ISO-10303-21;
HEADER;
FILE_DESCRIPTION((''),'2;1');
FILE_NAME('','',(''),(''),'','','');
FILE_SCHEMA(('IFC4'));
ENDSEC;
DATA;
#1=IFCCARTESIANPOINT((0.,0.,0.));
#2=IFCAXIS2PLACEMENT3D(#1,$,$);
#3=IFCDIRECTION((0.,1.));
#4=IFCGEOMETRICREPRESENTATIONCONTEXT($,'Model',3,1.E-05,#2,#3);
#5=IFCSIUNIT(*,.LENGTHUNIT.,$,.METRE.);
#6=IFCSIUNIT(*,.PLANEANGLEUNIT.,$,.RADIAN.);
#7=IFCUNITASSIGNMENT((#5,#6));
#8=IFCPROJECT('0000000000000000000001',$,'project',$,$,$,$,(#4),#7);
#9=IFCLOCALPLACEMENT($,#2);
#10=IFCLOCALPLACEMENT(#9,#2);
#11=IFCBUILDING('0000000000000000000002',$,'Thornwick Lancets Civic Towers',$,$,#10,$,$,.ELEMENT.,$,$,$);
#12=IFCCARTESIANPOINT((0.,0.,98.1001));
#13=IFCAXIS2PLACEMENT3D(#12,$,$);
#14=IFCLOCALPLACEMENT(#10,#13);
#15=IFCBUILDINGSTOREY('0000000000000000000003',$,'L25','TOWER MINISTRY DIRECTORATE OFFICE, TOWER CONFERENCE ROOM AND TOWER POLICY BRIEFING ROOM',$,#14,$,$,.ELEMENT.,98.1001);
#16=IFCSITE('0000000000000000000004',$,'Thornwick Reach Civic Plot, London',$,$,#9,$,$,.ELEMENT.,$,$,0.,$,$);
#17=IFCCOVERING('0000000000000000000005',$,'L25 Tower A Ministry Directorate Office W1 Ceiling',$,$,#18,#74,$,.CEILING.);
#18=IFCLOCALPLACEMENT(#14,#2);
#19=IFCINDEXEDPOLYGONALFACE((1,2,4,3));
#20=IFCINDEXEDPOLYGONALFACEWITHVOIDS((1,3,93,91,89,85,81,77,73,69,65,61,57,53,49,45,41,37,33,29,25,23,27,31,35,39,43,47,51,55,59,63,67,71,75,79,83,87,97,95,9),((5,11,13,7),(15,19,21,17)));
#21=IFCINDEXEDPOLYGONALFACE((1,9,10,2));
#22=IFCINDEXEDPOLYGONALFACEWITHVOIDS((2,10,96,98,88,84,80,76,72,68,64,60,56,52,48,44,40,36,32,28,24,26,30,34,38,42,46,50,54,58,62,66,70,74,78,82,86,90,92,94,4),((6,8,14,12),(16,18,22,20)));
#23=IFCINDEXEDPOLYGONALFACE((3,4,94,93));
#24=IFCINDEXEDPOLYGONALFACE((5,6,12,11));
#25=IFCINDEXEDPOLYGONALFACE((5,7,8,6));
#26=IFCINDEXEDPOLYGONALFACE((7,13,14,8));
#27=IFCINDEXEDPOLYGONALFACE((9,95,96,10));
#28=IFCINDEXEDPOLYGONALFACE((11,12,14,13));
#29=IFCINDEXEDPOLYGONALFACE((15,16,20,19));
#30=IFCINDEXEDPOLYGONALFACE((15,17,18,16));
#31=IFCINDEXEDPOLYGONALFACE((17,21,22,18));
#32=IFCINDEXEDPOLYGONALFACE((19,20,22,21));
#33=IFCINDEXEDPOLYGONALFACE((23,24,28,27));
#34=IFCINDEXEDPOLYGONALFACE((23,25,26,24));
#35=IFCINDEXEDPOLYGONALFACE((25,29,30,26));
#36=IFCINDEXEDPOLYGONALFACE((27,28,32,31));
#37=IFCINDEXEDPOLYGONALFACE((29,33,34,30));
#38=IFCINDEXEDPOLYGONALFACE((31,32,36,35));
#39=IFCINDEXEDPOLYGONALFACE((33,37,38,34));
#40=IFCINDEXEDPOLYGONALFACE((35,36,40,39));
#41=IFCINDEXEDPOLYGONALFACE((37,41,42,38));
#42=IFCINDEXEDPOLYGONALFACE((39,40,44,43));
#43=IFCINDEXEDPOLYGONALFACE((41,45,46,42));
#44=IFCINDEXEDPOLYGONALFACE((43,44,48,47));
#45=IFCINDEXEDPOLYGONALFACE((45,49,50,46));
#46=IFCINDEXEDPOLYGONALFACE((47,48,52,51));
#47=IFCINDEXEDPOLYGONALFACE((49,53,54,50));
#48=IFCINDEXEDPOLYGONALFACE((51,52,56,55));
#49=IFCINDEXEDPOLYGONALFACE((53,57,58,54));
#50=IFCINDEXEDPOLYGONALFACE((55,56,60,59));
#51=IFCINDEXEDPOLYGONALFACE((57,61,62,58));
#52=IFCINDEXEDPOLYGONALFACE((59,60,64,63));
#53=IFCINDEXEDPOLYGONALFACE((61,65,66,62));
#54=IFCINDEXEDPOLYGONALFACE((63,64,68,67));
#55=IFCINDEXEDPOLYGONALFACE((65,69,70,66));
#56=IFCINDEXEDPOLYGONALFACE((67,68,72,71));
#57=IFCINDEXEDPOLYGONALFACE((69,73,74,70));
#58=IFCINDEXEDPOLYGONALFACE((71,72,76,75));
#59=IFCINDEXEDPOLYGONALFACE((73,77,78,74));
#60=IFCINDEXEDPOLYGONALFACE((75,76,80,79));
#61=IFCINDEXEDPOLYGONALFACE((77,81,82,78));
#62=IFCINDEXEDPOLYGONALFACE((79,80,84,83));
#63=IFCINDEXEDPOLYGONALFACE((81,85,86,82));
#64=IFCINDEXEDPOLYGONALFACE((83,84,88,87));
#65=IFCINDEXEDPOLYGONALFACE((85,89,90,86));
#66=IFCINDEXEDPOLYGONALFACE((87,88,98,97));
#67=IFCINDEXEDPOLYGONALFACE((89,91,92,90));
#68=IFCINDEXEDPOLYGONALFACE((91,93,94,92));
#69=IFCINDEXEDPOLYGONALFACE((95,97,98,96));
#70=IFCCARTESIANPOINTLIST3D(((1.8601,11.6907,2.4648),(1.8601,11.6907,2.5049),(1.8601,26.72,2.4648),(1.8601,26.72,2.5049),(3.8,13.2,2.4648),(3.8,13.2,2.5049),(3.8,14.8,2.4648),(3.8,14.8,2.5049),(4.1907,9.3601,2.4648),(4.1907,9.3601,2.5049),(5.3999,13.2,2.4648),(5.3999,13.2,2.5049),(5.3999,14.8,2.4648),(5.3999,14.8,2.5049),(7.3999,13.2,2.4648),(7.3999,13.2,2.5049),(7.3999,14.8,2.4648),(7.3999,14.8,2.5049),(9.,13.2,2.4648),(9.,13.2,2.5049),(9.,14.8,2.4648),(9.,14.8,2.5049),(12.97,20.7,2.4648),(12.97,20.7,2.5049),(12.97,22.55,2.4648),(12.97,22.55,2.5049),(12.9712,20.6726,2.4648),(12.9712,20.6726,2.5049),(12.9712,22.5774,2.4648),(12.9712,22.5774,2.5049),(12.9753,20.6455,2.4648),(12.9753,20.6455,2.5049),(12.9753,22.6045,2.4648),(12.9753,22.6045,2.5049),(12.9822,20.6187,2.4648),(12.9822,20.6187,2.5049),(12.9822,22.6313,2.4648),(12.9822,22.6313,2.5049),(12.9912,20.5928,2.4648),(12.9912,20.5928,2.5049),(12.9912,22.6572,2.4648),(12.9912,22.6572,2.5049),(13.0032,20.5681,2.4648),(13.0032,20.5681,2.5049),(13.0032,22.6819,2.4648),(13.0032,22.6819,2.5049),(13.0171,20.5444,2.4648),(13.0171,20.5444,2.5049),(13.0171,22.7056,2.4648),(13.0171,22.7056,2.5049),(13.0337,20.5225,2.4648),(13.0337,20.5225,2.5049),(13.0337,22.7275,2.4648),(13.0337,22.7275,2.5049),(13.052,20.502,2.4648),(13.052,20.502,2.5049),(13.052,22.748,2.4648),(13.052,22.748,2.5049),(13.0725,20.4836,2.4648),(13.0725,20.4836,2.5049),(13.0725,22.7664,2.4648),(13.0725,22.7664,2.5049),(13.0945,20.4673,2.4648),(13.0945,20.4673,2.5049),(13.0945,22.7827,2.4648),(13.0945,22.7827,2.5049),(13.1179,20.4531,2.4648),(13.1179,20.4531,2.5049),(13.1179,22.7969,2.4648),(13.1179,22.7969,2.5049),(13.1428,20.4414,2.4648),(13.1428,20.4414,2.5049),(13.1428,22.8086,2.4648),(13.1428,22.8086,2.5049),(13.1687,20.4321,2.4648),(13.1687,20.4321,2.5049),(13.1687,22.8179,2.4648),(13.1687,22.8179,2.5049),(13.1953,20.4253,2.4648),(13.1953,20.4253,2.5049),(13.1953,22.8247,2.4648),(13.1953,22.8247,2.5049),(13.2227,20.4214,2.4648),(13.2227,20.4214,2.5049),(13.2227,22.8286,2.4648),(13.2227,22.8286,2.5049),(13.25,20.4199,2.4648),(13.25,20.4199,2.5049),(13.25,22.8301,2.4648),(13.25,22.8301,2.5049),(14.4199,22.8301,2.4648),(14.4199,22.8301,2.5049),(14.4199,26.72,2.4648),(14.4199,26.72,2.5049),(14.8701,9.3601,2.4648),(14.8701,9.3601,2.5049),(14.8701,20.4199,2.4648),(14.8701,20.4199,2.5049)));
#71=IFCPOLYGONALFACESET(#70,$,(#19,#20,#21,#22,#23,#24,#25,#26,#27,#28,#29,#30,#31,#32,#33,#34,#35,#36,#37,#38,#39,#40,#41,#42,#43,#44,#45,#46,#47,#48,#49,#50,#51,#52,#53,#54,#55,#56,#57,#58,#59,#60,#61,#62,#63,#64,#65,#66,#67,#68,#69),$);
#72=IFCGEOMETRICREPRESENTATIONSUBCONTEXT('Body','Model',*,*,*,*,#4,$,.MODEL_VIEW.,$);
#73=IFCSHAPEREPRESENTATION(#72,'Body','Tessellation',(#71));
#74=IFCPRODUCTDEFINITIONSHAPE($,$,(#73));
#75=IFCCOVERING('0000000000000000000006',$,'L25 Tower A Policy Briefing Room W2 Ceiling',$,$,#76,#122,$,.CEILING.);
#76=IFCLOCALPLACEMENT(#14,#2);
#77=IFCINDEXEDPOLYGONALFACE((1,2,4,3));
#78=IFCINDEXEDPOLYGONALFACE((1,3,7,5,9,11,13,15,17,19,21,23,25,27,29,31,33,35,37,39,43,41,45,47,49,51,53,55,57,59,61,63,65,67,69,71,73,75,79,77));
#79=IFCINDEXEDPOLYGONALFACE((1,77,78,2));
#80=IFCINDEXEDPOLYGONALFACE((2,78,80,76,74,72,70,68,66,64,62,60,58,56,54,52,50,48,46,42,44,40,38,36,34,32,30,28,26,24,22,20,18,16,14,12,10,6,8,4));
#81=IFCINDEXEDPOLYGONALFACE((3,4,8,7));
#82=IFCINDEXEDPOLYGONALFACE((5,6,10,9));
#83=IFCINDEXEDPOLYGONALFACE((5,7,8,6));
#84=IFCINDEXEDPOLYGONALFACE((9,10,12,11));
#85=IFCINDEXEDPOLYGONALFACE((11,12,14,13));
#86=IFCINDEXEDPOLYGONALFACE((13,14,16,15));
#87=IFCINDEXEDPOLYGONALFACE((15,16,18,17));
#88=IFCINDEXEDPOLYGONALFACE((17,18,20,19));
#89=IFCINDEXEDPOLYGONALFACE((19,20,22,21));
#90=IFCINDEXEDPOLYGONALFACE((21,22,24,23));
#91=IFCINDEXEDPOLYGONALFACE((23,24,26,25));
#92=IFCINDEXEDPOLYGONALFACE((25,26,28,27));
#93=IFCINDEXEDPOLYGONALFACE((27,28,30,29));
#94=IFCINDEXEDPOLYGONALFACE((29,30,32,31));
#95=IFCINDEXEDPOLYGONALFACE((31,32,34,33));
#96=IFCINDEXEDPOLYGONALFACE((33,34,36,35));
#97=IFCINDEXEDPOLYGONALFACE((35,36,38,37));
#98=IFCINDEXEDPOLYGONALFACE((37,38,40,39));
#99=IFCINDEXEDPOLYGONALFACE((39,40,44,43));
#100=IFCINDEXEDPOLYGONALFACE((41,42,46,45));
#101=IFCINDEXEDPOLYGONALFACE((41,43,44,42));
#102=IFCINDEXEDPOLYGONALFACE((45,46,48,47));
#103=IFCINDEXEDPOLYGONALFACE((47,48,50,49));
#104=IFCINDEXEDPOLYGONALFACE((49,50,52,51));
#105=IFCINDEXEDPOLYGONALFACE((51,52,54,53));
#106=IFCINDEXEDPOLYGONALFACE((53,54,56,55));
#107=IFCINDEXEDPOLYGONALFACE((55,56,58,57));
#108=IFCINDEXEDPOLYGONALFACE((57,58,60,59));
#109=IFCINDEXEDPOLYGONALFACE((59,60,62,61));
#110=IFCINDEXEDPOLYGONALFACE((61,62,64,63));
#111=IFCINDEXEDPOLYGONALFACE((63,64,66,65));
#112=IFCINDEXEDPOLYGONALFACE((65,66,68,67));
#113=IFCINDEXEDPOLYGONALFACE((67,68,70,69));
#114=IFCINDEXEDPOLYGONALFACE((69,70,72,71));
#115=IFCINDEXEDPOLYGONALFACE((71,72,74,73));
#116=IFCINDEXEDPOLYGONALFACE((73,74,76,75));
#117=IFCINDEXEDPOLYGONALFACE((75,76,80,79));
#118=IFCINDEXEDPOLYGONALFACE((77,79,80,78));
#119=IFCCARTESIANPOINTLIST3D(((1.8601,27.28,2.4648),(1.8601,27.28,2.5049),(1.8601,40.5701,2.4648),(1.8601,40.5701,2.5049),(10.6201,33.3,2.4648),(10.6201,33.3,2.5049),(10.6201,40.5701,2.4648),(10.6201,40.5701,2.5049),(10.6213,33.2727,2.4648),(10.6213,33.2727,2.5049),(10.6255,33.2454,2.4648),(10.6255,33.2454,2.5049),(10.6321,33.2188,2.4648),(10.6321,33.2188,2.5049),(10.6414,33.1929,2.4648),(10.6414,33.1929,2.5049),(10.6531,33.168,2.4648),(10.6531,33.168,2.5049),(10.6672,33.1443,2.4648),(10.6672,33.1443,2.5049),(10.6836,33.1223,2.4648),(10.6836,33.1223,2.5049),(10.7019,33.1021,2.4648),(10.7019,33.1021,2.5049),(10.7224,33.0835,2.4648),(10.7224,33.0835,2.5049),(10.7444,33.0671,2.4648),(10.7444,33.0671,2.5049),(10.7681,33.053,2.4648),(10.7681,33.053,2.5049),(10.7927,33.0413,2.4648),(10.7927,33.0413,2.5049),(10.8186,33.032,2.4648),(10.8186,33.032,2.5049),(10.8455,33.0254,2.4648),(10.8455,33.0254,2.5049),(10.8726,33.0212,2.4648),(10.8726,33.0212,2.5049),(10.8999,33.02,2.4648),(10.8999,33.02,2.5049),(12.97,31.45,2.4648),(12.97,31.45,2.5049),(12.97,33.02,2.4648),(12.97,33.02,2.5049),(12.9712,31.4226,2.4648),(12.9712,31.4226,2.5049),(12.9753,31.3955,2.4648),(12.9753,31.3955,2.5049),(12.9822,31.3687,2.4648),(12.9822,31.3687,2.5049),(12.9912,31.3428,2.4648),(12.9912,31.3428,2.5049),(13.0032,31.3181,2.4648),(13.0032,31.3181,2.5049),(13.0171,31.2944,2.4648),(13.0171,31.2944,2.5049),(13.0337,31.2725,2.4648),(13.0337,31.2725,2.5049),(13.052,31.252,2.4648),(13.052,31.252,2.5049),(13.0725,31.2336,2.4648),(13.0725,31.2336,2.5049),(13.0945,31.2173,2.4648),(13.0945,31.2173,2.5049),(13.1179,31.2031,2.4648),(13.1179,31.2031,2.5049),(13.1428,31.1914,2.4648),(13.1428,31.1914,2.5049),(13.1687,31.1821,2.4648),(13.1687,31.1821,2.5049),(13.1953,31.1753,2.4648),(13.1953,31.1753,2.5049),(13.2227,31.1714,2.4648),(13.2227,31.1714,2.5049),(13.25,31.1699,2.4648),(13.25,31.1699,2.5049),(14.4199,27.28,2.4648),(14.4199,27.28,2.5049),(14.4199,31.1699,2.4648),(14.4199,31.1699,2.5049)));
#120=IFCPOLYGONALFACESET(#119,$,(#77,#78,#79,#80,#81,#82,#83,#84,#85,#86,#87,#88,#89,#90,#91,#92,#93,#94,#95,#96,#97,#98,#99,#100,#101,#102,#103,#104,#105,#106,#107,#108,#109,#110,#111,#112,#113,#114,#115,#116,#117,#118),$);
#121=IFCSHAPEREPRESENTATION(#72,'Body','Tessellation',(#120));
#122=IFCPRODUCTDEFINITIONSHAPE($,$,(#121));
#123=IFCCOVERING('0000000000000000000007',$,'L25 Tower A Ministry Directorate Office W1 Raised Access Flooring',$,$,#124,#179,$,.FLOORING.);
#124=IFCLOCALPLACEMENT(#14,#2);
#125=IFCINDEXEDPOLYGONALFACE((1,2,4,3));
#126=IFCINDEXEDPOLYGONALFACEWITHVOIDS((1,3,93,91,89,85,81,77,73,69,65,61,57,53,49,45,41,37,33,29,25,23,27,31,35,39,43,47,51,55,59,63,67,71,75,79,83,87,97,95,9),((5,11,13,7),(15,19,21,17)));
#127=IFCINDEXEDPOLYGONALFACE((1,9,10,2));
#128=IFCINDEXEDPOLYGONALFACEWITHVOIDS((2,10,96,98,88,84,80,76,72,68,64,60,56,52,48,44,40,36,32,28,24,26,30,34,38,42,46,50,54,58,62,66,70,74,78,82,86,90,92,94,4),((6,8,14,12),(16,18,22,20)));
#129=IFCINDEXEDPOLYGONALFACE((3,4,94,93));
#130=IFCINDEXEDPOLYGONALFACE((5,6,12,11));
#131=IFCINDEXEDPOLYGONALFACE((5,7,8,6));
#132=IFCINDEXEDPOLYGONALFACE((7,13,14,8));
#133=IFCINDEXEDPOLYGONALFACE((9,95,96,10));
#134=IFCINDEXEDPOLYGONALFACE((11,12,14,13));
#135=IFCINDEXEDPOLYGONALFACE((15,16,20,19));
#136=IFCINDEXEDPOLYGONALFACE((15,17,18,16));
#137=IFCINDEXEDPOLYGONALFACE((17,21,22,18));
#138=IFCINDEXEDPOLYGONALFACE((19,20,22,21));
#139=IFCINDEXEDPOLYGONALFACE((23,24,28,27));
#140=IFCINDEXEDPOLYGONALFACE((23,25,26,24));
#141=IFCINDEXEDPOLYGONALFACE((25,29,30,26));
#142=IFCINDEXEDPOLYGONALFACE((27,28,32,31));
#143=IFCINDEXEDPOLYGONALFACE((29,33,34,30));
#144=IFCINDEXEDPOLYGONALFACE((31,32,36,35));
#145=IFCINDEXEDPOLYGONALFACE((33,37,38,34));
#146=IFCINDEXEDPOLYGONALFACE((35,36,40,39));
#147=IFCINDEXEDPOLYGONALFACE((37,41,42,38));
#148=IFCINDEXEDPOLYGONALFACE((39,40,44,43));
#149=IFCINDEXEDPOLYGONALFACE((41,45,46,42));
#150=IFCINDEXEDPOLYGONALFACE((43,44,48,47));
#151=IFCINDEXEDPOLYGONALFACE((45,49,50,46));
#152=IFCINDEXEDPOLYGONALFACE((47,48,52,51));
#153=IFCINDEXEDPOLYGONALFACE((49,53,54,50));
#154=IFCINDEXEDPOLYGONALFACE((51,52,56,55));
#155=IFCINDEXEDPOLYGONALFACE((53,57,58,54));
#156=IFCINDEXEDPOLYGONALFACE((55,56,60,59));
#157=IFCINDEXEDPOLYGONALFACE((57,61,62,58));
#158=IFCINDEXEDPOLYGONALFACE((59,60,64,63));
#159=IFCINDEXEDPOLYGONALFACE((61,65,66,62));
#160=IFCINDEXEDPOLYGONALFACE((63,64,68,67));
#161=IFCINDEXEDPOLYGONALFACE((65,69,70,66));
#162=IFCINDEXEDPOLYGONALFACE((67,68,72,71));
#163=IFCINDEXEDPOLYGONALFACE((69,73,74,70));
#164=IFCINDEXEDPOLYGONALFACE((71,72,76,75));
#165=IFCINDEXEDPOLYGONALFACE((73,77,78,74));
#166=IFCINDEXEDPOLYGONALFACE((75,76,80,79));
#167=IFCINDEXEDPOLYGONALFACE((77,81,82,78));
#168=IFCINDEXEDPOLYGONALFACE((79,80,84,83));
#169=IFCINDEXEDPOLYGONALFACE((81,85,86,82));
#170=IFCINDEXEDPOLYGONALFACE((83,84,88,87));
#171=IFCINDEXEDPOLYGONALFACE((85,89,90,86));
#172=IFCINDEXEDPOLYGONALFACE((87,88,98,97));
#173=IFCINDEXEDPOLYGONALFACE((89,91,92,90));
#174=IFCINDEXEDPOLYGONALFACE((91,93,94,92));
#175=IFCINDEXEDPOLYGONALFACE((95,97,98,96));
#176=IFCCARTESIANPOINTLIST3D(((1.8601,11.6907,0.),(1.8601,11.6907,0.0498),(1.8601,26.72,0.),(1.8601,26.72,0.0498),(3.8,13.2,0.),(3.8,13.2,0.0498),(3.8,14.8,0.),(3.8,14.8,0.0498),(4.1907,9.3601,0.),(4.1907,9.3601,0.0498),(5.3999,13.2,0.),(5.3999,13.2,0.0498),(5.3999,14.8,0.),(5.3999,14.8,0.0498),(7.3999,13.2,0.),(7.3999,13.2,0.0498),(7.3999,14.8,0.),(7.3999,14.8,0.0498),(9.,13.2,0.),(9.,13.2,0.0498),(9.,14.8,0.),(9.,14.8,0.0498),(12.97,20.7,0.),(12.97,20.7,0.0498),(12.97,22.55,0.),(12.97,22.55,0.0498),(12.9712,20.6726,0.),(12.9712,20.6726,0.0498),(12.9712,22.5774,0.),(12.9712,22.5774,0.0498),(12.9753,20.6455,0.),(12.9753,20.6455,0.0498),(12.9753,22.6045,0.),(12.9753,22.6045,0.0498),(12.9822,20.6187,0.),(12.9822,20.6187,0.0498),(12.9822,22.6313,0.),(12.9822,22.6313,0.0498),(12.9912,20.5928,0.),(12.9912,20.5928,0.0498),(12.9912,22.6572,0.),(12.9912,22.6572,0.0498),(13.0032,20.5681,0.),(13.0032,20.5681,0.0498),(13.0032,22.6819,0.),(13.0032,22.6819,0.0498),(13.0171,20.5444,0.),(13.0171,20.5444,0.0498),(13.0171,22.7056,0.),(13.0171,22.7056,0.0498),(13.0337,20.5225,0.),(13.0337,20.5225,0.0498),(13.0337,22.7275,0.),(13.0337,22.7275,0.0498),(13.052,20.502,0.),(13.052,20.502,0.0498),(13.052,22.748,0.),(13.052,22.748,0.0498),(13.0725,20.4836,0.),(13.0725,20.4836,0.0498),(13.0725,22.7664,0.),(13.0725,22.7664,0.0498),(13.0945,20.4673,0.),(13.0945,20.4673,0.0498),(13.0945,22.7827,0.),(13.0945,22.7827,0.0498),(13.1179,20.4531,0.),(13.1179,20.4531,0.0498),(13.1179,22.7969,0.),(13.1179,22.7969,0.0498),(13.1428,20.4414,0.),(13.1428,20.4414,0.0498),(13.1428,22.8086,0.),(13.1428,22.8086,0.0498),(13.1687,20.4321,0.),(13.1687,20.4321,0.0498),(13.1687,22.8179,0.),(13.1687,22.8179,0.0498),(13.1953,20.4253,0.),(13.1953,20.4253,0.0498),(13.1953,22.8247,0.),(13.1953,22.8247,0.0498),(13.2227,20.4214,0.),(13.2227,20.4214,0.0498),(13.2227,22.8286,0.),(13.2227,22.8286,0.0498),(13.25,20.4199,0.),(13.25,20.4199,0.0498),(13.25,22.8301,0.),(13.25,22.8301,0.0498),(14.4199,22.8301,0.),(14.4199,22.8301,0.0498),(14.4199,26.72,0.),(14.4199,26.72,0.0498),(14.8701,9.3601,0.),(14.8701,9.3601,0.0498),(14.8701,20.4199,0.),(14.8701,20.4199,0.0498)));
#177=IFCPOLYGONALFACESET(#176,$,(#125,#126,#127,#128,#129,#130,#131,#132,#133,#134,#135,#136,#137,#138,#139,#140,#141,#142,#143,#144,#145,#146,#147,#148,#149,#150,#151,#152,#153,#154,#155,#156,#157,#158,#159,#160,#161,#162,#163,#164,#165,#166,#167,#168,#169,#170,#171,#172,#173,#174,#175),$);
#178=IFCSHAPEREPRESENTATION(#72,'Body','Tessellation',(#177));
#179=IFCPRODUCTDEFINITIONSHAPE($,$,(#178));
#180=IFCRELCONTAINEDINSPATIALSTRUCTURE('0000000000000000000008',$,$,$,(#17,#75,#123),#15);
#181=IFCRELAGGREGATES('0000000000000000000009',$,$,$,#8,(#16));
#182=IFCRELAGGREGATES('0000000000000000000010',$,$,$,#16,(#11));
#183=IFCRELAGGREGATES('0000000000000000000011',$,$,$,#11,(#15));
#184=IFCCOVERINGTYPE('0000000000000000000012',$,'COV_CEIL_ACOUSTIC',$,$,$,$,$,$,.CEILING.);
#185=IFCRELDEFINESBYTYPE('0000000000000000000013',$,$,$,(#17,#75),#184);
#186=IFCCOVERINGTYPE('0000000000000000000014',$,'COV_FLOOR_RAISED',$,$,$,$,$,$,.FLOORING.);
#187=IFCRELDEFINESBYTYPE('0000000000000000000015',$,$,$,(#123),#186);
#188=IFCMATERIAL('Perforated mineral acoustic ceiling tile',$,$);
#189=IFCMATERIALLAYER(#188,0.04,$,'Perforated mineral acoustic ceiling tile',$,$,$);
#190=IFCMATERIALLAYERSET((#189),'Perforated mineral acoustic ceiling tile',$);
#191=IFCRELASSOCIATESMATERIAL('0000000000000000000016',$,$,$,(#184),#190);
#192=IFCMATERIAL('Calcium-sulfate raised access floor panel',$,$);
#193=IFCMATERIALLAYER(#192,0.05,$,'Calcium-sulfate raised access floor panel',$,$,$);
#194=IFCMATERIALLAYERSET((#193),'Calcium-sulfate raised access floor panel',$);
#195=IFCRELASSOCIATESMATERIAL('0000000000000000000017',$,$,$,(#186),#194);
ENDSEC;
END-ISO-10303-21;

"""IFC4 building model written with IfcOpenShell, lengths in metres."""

from ifc_helpers import new_model, si_unit, direction, frame, origin, place, context, subcontext, project, spatial, polyline, outline, extrude, material, layer, layer_set, type_object, element, save


model = new_model("IFC4")

# Units and contexts
model_context = context("Model", 3, precision=1e-05, world=origin(), true_north=direction((0.0, 1.0)))
body_context = subcontext(model_context, "Body", "Model", "MODEL_VIEW")
ifc_project = project(units=[si_unit("LENGTHUNIT", "METRE"), si_unit("PLANEANGLEUNIT", "RADIAN")], contexts=[model_context])

# Site, building, storey
site_placement = place(None, origin())
site = spatial("IfcSite", under=ifc_project, at=site_placement, Name="Thornwick Reach Civic Plot, London", CompositionType="ELEMENT", RefElevation=0.0)
building_placement = place(site_placement, origin())
building = spatial("IfcBuilding", under=site, at=building_placement, Name="Thornwick Lancets Civic Towers", CompositionType="ELEMENT")
storey_placement = place(building_placement, frame((0.0, 0.0, 98.1001)))
storey = spatial("IfcBuildingStorey", under=building, at=storey_placement, Name="L25", Description="TOWER MINISTRY DIRECTORATE OFFICE, TOWER CONFERENCE ROOM AND TOWER POLICY BRIEFING ROOM", CompositionType="ELEMENT", Elevation=98.1001)

# Coverings
ifc_material_1 = material(Name="Perforated mineral acoustic ceiling tile")
ifc_layer_1 = layer(ifc_material_1, 0.04, Name="Perforated mineral acoustic ceiling tile")
ifc_layer_set_1 = layer_set([ifc_layer_1], Name="Perforated mineral acoustic ceiling tile")
covering_type_1 = type_object("IfcCoveringType", Name="COV_CEIL_ACOUSTIC", PredefinedType="CEILING", material=ifc_layer_set_1)
covering_1_placement = place(storey_placement, frame((0.0, 0.0, 2.4648)))
element("IfcCovering", 1, at=covering_1_placement, inside=storey, type_object=covering_type_1, Name="L25 Tower A Ministry Directorate Office W1 Ceiling", PredefinedType="CEILING", context=body_context, shape_type="SweptSolid", body=[
    extrude(outline(polyline([(1.8601, 11.6907), (1.8601, 26.72), (14.4199, 26.72), (14.4199, 22.8301), (13.25, 22.8301), (13.2227, 22.8286), (13.1953, 22.8247), (13.1687, 22.8179), (13.1428, 22.8086), (13.1179, 22.7969), (13.0945, 22.7827), (13.0725, 22.7664), (13.052, 22.748), (13.0337, 22.7275), (13.0171, 22.7056), (13.0032, 22.6819), (12.9912, 22.6572), (12.9822, 22.6313), (12.9753, 22.6045), (12.9712, 22.5774), (12.97, 22.55), (12.97, 20.7), (12.9712, 20.6726), (12.9753, 20.6455), (12.9822, 20.6187), (12.9912, 20.5928), (13.0032, 20.5681), (13.0171, 20.5444), (13.0337, 20.5225), (13.052, 20.502), (13.0725, 20.4836), (13.0945, 20.4673), (13.1179, 20.4531), (13.1428, 20.4414), (13.1687, 20.4321), (13.1953, 20.4253), (13.2227, 20.4214), (13.25, 20.4199), (14.8701, 20.4199), (14.8701, 9.3601), (4.1907, 9.3601), (1.8601, 11.6907)]), holes=[polyline([(7.3999, 13.2), (9.0, 13.2), (9.0, 14.8), (7.3999, 14.8), (7.3999, 13.2)]), polyline([(3.8, 13.2), (5.3999, 13.2), (5.3999, 14.8), (3.8, 14.8), (3.8, 13.2)])]), origin(), (0.0, 0.0, 1.0), 0.04),
])
covering_2_placement = place(storey_placement, frame((0.0, 0.0, 2.4648)))
element("IfcCovering", 2, at=covering_2_placement, inside=storey, type_object=covering_type_1, Name="L25 Tower A Policy Briefing Room W2 Ceiling", PredefinedType="CEILING", context=body_context, shape_type="SweptSolid", body=[
    extrude(outline(polyline([(10.6201, 40.5701), (10.6201, 33.3), (10.6213, 33.2727), (10.6255, 33.2454), (10.6321, 33.2188), (10.6414, 33.1929), (10.6531, 33.168), (10.6672, 33.1443), (10.6836, 33.1223), (10.7019, 33.1021), (10.7224, 33.0835), (10.7444, 33.0671), (10.7681, 33.053), (10.7927, 33.0413), (10.8186, 33.032), (10.8455, 33.0254), (10.8726, 33.0212), (10.8999, 33.02), (12.97, 33.02), (12.97, 31.45), (12.9712, 31.4226), (12.9753, 31.3955), (12.9822, 31.3687), (12.9912, 31.3428), (13.0032, 31.3181), (13.0171, 31.2944), (13.0337, 31.2725), (13.052, 31.252), (13.0725, 31.2336), (13.0945, 31.2173), (13.1179, 31.2031), (13.1428, 31.1914), (13.1687, 31.1821), (13.1953, 31.1753), (13.2227, 31.1714), (13.25, 31.1699), (14.4199, 31.1699), (14.4199, 27.28), (1.8601, 27.28), (1.8601, 40.5701), (10.6201, 40.5701)])), origin(), (0.0, 0.0, 1.0), 0.04),
])
ifc_material_2 = material(Name="Calcium-sulfate raised access floor panel")
ifc_layer_2 = layer(ifc_material_2, 0.05, Name="Calcium-sulfate raised access floor panel")
ifc_layer_set_2 = layer_set([ifc_layer_2], Name="Calcium-sulfate raised access floor panel")
covering_type_2 = type_object("IfcCoveringType", Name="COV_FLOOR_RAISED", PredefinedType="FLOORING", material=ifc_layer_set_2)
covering_3_placement = place(storey_placement, origin())
element("IfcCovering", 3, at=covering_3_placement, inside=storey, type_object=covering_type_2, Name="L25 Tower A Ministry Directorate Office W1 Raised Access Flooring", PredefinedType="FLOORING", context=body_context, shape_type="SweptSolid", body=[
    extrude(outline(polyline([(1.8601, 11.6907), (1.8601, 26.72), (14.4199, 26.72), (14.4199, 22.8301), (13.25, 22.8301), (13.2227, 22.8286), (13.1953, 22.8247), (13.1687, 22.8179), (13.1428, 22.8086), (13.1179, 22.7969), (13.0945, 22.7827), (13.0725, 22.7664), (13.052, 22.748), (13.0337, 22.7275), (13.0171, 22.7056), (13.0032, 22.6819), (12.9912, 22.6572), (12.9822, 22.6313), (12.9753, 22.6045), (12.9712, 22.5774), (12.97, 22.55), (12.97, 20.7), (12.9712, 20.6726), (12.9753, 20.6455), (12.9822, 20.6187), (12.9912, 20.5928), (13.0032, 20.5681), (13.0171, 20.5444), (13.0337, 20.5225), (13.052, 20.502), (13.0725, 20.4836), (13.0945, 20.4673), (13.1179, 20.4531), (13.1428, 20.4414), (13.1687, 20.4321), (13.1953, 20.4253), (13.2227, 20.4214), (13.25, 20.4199), (14.8701, 20.4199), (14.8701, 9.3601), (4.1907, 9.3601), (1.8601, 11.6907)]), holes=[polyline([(7.3999, 13.2), (9.0, 13.2), (9.0, 14.8), (7.3999, 14.8), (7.3999, 13.2)]), polyline([(3.8, 13.2), (5.3999, 13.2), (5.3999, 14.8), (3.8, 14.8), (3.8, 13.2)])]), origin(), (0.0, 0.0, 1.0), 0.0498),
])

save(model, "model.ifc")
